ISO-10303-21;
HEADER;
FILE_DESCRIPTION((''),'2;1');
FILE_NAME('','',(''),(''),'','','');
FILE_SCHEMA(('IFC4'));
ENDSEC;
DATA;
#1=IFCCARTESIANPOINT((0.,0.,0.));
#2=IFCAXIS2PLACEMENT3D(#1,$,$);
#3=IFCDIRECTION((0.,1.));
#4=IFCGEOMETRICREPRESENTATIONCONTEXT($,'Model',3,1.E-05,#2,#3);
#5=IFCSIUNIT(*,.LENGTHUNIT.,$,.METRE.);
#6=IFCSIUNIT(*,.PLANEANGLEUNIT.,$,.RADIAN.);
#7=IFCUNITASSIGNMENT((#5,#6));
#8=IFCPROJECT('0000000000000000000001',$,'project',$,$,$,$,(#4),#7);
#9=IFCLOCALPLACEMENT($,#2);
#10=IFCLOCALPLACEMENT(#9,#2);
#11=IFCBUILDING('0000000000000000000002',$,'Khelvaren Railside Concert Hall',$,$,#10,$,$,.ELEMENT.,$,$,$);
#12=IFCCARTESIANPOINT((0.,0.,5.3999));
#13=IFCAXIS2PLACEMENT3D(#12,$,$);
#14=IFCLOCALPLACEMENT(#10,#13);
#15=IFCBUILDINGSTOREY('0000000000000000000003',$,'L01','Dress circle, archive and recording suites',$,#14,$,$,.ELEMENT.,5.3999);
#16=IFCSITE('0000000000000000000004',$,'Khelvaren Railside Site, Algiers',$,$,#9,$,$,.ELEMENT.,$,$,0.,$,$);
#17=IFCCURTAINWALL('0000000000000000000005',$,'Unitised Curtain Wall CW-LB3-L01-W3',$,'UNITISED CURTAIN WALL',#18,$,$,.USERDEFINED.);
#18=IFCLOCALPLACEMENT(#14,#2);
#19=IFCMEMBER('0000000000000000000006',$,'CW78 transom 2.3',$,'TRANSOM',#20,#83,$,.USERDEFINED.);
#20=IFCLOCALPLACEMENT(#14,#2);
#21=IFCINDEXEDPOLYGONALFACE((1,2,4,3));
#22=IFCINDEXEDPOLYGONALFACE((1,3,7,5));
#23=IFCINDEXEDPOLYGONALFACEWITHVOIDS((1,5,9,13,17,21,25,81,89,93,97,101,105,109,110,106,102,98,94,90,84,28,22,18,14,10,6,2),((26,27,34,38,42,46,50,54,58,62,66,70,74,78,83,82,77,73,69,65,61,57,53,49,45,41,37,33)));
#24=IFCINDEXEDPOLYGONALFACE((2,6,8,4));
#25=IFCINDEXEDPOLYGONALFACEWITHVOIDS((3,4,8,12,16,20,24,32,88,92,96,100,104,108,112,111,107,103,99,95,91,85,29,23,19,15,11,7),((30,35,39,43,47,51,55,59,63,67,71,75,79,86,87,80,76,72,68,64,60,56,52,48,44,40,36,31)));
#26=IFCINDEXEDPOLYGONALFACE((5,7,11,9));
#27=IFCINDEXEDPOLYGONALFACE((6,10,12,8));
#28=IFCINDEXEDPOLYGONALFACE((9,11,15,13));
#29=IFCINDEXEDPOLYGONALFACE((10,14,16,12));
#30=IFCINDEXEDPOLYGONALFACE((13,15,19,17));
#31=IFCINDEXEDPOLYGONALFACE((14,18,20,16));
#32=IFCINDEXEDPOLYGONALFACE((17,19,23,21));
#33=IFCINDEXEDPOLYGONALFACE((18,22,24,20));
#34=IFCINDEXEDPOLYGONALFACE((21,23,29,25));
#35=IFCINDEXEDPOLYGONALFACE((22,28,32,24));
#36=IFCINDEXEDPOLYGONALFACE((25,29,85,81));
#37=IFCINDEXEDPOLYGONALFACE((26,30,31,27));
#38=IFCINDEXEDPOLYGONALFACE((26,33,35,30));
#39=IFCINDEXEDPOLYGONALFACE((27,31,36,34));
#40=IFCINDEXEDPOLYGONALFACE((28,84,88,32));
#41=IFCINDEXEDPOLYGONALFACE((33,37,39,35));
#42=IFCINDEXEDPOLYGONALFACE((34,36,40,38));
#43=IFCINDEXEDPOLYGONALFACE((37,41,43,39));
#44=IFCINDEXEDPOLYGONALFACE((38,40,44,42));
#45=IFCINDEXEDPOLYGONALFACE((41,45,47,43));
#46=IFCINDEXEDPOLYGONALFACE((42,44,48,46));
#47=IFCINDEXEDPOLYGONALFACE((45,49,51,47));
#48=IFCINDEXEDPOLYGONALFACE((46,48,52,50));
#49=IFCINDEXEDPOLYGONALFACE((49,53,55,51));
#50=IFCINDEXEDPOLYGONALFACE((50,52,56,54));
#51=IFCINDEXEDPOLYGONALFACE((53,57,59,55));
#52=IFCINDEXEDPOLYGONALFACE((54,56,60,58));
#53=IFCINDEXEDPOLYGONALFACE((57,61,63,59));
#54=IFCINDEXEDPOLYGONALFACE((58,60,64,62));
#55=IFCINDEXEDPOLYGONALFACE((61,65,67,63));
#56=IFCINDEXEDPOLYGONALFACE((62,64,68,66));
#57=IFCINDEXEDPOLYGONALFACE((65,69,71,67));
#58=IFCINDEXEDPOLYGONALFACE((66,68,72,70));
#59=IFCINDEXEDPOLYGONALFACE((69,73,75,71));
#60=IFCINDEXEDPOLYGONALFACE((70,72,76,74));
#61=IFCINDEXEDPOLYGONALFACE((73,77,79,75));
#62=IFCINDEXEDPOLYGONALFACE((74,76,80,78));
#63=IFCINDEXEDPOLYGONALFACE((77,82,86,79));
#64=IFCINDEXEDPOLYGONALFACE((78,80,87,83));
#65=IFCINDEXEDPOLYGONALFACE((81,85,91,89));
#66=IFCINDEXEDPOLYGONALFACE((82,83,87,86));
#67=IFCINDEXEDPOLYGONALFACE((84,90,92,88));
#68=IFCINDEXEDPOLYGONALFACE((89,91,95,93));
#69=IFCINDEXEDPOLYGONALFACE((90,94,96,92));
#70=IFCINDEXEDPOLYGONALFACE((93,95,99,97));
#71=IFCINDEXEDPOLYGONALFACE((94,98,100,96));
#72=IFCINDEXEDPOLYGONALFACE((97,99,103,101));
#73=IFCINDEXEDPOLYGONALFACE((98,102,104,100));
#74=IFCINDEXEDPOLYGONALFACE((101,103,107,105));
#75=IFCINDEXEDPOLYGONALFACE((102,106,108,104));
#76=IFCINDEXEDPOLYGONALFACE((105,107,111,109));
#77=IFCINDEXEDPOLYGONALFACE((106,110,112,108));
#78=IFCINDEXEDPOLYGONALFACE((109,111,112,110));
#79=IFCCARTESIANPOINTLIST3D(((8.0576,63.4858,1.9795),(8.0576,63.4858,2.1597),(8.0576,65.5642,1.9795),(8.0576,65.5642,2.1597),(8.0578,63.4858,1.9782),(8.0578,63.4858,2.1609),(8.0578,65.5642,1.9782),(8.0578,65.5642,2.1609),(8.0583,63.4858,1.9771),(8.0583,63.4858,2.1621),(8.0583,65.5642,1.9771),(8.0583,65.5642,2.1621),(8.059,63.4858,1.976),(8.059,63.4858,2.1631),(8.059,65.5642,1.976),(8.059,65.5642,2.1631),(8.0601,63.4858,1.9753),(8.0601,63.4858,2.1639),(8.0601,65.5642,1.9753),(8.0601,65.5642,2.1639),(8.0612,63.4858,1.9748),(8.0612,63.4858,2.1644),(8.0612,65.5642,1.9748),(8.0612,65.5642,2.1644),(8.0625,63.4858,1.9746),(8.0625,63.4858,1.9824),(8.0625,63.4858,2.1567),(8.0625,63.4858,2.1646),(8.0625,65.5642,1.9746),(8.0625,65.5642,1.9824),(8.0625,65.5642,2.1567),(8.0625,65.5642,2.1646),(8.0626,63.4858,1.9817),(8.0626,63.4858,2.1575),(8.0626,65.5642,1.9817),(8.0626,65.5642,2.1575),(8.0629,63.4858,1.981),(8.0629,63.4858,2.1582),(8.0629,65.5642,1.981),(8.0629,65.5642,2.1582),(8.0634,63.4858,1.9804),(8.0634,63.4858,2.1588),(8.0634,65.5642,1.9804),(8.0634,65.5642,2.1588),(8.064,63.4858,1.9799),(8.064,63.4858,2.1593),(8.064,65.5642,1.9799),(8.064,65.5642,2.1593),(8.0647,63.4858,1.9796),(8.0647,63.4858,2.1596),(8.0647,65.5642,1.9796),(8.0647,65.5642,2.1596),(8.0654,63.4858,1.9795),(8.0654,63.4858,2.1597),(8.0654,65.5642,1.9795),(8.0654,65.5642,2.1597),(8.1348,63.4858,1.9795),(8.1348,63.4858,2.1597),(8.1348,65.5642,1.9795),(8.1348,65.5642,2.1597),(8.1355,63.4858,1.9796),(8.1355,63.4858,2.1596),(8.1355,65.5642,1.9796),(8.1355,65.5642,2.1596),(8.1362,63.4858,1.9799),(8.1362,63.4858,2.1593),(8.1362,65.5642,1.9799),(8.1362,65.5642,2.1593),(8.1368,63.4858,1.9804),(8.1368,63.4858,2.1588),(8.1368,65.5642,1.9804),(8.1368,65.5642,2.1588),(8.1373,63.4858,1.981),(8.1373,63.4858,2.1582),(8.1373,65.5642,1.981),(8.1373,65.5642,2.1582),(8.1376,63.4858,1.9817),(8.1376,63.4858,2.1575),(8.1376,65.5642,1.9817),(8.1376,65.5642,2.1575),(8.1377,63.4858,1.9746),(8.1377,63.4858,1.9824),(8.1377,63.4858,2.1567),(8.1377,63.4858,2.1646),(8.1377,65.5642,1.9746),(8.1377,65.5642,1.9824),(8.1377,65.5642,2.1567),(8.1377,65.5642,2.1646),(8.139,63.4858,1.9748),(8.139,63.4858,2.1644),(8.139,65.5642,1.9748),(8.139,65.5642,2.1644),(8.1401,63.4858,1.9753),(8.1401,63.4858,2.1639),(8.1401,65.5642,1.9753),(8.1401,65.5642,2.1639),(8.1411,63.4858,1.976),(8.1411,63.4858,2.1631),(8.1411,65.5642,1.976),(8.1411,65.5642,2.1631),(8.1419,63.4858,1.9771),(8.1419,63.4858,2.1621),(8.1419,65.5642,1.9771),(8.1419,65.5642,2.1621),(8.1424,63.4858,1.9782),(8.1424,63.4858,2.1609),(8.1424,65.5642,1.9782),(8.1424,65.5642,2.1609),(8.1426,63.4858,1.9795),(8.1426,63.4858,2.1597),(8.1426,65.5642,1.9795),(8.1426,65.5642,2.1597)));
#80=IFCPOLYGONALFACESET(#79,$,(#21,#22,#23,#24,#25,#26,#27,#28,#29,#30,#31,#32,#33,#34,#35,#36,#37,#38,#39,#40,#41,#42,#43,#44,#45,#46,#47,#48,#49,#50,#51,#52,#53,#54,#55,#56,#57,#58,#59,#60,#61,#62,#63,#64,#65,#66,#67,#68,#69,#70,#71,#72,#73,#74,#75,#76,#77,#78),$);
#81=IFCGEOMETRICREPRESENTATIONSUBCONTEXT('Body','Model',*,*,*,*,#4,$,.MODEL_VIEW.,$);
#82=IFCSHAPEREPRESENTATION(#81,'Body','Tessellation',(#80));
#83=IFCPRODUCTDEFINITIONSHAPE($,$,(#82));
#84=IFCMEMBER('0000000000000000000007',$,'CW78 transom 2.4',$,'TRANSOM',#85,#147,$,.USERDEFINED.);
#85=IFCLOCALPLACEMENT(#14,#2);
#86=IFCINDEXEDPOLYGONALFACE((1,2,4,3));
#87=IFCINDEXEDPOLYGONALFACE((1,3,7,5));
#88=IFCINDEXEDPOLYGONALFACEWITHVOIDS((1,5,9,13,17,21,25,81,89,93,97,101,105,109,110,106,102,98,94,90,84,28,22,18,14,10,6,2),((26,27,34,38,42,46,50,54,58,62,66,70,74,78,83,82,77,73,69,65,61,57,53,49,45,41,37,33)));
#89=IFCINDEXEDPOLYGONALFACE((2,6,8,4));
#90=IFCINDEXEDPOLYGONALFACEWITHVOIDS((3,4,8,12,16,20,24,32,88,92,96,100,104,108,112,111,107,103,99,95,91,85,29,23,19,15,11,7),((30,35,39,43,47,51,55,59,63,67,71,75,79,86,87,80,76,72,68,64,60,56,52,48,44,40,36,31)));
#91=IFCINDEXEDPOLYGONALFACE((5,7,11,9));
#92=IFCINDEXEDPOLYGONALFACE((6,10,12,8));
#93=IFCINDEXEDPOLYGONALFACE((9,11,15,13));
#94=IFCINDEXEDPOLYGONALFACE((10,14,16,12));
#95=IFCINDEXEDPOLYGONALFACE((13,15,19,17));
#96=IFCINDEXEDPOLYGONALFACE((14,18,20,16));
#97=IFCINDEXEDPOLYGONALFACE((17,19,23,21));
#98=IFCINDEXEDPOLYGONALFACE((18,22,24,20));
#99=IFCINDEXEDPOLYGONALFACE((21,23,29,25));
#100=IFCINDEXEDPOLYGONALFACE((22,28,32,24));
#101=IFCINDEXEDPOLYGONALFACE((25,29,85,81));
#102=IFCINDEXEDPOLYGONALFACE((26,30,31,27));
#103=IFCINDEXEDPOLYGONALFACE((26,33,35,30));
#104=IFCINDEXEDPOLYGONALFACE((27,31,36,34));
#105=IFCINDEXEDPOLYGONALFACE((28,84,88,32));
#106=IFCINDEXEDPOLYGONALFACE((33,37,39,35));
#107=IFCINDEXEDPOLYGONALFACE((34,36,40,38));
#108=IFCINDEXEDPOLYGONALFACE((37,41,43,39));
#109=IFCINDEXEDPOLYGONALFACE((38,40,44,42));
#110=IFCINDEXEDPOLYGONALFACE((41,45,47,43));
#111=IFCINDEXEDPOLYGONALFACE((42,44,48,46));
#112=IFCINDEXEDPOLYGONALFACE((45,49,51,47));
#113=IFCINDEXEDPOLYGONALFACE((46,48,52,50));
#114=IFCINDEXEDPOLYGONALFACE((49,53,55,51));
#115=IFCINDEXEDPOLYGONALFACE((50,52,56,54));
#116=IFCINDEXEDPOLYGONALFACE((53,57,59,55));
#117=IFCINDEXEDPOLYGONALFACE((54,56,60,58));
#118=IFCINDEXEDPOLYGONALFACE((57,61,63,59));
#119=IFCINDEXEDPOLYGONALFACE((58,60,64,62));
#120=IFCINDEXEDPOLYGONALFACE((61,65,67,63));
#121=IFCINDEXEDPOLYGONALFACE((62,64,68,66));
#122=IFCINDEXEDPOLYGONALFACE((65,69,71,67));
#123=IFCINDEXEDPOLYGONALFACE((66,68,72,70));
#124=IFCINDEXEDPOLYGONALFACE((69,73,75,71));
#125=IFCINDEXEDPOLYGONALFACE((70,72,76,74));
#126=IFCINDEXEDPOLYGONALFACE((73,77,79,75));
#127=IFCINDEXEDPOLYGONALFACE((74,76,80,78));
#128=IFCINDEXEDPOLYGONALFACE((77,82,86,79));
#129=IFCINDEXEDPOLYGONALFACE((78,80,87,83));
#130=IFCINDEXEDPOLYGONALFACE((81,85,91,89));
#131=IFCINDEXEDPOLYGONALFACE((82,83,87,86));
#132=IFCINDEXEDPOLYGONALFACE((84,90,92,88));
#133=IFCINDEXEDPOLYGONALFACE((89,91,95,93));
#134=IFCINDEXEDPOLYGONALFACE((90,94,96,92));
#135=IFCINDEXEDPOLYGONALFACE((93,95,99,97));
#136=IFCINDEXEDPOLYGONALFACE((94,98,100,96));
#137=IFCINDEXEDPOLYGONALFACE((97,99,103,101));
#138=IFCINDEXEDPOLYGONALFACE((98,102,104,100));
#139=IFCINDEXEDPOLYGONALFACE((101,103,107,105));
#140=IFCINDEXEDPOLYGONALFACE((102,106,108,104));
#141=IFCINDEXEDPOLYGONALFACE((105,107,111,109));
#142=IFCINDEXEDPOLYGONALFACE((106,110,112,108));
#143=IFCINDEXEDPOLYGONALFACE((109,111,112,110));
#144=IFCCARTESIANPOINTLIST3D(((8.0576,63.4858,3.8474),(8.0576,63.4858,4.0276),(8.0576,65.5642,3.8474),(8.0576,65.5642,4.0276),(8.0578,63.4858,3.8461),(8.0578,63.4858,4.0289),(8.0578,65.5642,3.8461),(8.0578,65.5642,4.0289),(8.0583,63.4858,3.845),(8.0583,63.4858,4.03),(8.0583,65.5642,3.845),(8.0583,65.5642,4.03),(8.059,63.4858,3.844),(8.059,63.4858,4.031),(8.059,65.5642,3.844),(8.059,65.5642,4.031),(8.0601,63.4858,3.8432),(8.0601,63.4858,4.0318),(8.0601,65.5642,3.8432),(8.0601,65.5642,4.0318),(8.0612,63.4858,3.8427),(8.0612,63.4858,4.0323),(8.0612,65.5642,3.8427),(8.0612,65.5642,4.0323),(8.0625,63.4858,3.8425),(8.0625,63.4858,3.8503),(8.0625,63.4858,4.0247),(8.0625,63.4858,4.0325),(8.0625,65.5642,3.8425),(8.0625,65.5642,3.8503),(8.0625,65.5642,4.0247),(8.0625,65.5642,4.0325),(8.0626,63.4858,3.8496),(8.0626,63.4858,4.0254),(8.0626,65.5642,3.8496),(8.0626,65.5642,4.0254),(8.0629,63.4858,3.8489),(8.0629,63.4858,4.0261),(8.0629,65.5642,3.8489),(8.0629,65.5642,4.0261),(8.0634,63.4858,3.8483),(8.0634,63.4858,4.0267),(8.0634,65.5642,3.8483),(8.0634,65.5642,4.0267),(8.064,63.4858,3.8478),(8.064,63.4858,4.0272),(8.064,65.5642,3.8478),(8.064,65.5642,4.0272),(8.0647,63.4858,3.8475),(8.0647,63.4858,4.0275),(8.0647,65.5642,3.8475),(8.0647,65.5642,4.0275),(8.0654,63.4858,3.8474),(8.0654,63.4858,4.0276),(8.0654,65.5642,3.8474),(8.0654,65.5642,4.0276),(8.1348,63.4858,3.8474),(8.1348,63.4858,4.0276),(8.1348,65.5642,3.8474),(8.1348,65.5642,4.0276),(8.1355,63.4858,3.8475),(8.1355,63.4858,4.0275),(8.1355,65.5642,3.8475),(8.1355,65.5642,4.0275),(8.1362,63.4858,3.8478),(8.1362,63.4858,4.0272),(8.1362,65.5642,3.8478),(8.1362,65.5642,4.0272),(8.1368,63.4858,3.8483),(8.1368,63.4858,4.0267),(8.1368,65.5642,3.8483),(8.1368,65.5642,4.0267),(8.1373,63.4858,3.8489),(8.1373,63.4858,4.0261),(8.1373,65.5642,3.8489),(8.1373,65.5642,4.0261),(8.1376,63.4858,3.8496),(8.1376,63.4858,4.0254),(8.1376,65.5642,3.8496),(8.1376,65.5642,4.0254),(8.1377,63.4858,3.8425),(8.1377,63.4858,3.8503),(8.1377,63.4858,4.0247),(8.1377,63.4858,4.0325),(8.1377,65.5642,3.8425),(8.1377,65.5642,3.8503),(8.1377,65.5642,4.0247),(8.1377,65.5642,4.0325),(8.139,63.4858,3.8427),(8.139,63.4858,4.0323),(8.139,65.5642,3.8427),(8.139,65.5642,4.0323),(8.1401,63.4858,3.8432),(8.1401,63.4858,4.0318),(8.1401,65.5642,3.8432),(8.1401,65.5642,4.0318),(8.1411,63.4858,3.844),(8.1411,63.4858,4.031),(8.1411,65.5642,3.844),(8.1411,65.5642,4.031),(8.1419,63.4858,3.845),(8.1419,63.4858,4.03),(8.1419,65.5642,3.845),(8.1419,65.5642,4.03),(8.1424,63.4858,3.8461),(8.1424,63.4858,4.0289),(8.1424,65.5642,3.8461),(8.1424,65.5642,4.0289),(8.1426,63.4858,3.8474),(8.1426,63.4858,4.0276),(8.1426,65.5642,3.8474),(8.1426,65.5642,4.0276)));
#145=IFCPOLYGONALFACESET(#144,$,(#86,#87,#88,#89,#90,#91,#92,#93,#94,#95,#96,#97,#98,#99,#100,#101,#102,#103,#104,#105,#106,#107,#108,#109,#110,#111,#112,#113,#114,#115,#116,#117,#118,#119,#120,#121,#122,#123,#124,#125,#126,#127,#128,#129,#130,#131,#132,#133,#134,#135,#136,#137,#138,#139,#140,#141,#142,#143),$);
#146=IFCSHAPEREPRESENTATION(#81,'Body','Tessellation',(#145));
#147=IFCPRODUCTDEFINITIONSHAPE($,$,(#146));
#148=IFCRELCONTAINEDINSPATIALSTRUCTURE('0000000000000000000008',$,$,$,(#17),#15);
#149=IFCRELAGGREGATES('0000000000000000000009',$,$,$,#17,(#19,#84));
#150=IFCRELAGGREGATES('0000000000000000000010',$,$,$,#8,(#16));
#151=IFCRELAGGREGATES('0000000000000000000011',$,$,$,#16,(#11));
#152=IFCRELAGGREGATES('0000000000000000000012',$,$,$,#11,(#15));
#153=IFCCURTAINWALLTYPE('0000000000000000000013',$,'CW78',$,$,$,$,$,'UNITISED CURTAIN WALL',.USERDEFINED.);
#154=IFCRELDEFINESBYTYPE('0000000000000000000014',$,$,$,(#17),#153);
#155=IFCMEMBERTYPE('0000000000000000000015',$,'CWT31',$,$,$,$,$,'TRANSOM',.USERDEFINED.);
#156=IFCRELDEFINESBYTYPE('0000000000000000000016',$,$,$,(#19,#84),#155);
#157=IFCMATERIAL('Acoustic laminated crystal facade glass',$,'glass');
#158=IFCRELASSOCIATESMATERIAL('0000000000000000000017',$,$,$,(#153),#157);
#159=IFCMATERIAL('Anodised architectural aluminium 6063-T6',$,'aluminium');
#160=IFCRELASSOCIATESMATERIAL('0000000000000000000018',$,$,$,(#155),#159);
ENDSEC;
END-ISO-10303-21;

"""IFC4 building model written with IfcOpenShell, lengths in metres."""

from ifc_helpers import new_model, si_unit, direction, frame, origin, origin_2d, place, context, subcontext, project, spatial, hollow_rectangle, extrude, material, material_profile, profile_set, type_object, element, aggregate, save


model = new_model("IFC4")

# Units and contexts
model_context = context("Model", 3, precision=1e-05, world=origin(), true_north=direction((0.0, 1.0)))
body_context = subcontext(model_context, "Body", "Model", "MODEL_VIEW")
ifc_project = project(units=[si_unit("LENGTHUNIT", "METRE"), si_unit("PLANEANGLEUNIT", "RADIAN")], contexts=[model_context])

# Site, building, storey
site_placement = place(None, origin())
site = spatial("IfcSite", under=ifc_project, at=site_placement, Name="Khelvaren Railside Site, Algiers", CompositionType="ELEMENT", RefElevation=0.0)
building_placement = place(site_placement, origin())
building = spatial("IfcBuilding", under=site, at=building_placement, Name="Khelvaren Railside Concert Hall", CompositionType="ELEMENT")
storey_placement = place(building_placement, frame((0.0, 0.0, 5.3999)))
storey = spatial("IfcBuildingStorey", under=building, at=storey_placement, Name="L01", Description="Dress circle, archive and recording suites", CompositionType="ELEMENT", Elevation=5.3999)

# Curtain wall, members
ifc_material_1 = material(Name="Acoustic laminated crystal facade glass", Category="glass")
curtain_wall_type = type_object("IfcCurtainWallType", Name="CW78", ElementType="UNITISED CURTAIN WALL", PredefinedType="USERDEFINED", material=ifc_material_1)
curtain_wall_placement = place(storey_placement, origin())
curtain_wall = element("IfcCurtainWall", 1, at=curtain_wall_placement, inside=storey, type_object=curtain_wall_type, Name="Unitised Curtain Wall CW-LB3-L01-W3", ObjectType="UNITISED CURTAIN WALL", PredefinedType="USERDEFINED")
ifc_material_2 = material(Name="Anodised architectural aluminium 6063-T6", Category="aluminium")
ifc_material_profile_1 = material_profile(ifc_material_2, hollow_rectangle(XDim=0.085, YDim=0.1899, WallThickness=0.0049, InnerFilletRadius=0.0029, OuterFilletRadius=0.0049, at=origin_2d()), Name="CWT 85x190x5")
ifc_profile_set_1 = profile_set([ifc_material_profile_1], Name="Anodised architectural aluminium 6063-T6")
member_type_1 = type_object("IfcMemberType", Name="CWT31", ElementType="TRANSOM", PredefinedType="USERDEFINED", material=ifc_profile_set_1)
member_1_placement = place(storey_placement, frame((8.1001, 63.4858, 2.0696), z_axis=(0.0, 1.0, 0.0), x_axis=(-1.0, 0.0, 0.0)))
member_1 = element("IfcMember", 2, at=member_1_placement, type_object=member_type_1, Name="CW78 transom 2.3", ObjectType="TRANSOM", PredefinedType="USERDEFINED", context=body_context, shape_type="SweptSolid", body=[
    extrude(hollow_rectangle(XDim=0.085, YDim=0.1899, WallThickness=0.0049, InnerFilletRadius=0.0029, OuterFilletRadius=0.0049, at=origin_2d()), origin(), (0.0, 0.0, 1.0), 2.0784),
])
member_2_placement = place(storey_placement, frame((8.1001, 63.4858, 3.9375), z_axis=(0.0, 1.0, 0.0), x_axis=(-1.0, 0.0, 0.0)))
member_2 = element("IfcMember", 3, at=member_2_placement, type_object=member_type_1, Name="CW78 transom 2.4", ObjectType="TRANSOM", PredefinedType="USERDEFINED", context=body_context, shape_type="SweptSolid", body=[
    extrude(hollow_rectangle(XDim=0.085, YDim=0.1899, WallThickness=0.0049, InnerFilletRadius=0.0029, OuterFilletRadius=0.0049, at=origin_2d()), origin(), (0.0, 0.0, 1.0), 2.0784),
])

aggregate(curtain_wall, [member_1, member_2])

save(model, "model.ifc")
